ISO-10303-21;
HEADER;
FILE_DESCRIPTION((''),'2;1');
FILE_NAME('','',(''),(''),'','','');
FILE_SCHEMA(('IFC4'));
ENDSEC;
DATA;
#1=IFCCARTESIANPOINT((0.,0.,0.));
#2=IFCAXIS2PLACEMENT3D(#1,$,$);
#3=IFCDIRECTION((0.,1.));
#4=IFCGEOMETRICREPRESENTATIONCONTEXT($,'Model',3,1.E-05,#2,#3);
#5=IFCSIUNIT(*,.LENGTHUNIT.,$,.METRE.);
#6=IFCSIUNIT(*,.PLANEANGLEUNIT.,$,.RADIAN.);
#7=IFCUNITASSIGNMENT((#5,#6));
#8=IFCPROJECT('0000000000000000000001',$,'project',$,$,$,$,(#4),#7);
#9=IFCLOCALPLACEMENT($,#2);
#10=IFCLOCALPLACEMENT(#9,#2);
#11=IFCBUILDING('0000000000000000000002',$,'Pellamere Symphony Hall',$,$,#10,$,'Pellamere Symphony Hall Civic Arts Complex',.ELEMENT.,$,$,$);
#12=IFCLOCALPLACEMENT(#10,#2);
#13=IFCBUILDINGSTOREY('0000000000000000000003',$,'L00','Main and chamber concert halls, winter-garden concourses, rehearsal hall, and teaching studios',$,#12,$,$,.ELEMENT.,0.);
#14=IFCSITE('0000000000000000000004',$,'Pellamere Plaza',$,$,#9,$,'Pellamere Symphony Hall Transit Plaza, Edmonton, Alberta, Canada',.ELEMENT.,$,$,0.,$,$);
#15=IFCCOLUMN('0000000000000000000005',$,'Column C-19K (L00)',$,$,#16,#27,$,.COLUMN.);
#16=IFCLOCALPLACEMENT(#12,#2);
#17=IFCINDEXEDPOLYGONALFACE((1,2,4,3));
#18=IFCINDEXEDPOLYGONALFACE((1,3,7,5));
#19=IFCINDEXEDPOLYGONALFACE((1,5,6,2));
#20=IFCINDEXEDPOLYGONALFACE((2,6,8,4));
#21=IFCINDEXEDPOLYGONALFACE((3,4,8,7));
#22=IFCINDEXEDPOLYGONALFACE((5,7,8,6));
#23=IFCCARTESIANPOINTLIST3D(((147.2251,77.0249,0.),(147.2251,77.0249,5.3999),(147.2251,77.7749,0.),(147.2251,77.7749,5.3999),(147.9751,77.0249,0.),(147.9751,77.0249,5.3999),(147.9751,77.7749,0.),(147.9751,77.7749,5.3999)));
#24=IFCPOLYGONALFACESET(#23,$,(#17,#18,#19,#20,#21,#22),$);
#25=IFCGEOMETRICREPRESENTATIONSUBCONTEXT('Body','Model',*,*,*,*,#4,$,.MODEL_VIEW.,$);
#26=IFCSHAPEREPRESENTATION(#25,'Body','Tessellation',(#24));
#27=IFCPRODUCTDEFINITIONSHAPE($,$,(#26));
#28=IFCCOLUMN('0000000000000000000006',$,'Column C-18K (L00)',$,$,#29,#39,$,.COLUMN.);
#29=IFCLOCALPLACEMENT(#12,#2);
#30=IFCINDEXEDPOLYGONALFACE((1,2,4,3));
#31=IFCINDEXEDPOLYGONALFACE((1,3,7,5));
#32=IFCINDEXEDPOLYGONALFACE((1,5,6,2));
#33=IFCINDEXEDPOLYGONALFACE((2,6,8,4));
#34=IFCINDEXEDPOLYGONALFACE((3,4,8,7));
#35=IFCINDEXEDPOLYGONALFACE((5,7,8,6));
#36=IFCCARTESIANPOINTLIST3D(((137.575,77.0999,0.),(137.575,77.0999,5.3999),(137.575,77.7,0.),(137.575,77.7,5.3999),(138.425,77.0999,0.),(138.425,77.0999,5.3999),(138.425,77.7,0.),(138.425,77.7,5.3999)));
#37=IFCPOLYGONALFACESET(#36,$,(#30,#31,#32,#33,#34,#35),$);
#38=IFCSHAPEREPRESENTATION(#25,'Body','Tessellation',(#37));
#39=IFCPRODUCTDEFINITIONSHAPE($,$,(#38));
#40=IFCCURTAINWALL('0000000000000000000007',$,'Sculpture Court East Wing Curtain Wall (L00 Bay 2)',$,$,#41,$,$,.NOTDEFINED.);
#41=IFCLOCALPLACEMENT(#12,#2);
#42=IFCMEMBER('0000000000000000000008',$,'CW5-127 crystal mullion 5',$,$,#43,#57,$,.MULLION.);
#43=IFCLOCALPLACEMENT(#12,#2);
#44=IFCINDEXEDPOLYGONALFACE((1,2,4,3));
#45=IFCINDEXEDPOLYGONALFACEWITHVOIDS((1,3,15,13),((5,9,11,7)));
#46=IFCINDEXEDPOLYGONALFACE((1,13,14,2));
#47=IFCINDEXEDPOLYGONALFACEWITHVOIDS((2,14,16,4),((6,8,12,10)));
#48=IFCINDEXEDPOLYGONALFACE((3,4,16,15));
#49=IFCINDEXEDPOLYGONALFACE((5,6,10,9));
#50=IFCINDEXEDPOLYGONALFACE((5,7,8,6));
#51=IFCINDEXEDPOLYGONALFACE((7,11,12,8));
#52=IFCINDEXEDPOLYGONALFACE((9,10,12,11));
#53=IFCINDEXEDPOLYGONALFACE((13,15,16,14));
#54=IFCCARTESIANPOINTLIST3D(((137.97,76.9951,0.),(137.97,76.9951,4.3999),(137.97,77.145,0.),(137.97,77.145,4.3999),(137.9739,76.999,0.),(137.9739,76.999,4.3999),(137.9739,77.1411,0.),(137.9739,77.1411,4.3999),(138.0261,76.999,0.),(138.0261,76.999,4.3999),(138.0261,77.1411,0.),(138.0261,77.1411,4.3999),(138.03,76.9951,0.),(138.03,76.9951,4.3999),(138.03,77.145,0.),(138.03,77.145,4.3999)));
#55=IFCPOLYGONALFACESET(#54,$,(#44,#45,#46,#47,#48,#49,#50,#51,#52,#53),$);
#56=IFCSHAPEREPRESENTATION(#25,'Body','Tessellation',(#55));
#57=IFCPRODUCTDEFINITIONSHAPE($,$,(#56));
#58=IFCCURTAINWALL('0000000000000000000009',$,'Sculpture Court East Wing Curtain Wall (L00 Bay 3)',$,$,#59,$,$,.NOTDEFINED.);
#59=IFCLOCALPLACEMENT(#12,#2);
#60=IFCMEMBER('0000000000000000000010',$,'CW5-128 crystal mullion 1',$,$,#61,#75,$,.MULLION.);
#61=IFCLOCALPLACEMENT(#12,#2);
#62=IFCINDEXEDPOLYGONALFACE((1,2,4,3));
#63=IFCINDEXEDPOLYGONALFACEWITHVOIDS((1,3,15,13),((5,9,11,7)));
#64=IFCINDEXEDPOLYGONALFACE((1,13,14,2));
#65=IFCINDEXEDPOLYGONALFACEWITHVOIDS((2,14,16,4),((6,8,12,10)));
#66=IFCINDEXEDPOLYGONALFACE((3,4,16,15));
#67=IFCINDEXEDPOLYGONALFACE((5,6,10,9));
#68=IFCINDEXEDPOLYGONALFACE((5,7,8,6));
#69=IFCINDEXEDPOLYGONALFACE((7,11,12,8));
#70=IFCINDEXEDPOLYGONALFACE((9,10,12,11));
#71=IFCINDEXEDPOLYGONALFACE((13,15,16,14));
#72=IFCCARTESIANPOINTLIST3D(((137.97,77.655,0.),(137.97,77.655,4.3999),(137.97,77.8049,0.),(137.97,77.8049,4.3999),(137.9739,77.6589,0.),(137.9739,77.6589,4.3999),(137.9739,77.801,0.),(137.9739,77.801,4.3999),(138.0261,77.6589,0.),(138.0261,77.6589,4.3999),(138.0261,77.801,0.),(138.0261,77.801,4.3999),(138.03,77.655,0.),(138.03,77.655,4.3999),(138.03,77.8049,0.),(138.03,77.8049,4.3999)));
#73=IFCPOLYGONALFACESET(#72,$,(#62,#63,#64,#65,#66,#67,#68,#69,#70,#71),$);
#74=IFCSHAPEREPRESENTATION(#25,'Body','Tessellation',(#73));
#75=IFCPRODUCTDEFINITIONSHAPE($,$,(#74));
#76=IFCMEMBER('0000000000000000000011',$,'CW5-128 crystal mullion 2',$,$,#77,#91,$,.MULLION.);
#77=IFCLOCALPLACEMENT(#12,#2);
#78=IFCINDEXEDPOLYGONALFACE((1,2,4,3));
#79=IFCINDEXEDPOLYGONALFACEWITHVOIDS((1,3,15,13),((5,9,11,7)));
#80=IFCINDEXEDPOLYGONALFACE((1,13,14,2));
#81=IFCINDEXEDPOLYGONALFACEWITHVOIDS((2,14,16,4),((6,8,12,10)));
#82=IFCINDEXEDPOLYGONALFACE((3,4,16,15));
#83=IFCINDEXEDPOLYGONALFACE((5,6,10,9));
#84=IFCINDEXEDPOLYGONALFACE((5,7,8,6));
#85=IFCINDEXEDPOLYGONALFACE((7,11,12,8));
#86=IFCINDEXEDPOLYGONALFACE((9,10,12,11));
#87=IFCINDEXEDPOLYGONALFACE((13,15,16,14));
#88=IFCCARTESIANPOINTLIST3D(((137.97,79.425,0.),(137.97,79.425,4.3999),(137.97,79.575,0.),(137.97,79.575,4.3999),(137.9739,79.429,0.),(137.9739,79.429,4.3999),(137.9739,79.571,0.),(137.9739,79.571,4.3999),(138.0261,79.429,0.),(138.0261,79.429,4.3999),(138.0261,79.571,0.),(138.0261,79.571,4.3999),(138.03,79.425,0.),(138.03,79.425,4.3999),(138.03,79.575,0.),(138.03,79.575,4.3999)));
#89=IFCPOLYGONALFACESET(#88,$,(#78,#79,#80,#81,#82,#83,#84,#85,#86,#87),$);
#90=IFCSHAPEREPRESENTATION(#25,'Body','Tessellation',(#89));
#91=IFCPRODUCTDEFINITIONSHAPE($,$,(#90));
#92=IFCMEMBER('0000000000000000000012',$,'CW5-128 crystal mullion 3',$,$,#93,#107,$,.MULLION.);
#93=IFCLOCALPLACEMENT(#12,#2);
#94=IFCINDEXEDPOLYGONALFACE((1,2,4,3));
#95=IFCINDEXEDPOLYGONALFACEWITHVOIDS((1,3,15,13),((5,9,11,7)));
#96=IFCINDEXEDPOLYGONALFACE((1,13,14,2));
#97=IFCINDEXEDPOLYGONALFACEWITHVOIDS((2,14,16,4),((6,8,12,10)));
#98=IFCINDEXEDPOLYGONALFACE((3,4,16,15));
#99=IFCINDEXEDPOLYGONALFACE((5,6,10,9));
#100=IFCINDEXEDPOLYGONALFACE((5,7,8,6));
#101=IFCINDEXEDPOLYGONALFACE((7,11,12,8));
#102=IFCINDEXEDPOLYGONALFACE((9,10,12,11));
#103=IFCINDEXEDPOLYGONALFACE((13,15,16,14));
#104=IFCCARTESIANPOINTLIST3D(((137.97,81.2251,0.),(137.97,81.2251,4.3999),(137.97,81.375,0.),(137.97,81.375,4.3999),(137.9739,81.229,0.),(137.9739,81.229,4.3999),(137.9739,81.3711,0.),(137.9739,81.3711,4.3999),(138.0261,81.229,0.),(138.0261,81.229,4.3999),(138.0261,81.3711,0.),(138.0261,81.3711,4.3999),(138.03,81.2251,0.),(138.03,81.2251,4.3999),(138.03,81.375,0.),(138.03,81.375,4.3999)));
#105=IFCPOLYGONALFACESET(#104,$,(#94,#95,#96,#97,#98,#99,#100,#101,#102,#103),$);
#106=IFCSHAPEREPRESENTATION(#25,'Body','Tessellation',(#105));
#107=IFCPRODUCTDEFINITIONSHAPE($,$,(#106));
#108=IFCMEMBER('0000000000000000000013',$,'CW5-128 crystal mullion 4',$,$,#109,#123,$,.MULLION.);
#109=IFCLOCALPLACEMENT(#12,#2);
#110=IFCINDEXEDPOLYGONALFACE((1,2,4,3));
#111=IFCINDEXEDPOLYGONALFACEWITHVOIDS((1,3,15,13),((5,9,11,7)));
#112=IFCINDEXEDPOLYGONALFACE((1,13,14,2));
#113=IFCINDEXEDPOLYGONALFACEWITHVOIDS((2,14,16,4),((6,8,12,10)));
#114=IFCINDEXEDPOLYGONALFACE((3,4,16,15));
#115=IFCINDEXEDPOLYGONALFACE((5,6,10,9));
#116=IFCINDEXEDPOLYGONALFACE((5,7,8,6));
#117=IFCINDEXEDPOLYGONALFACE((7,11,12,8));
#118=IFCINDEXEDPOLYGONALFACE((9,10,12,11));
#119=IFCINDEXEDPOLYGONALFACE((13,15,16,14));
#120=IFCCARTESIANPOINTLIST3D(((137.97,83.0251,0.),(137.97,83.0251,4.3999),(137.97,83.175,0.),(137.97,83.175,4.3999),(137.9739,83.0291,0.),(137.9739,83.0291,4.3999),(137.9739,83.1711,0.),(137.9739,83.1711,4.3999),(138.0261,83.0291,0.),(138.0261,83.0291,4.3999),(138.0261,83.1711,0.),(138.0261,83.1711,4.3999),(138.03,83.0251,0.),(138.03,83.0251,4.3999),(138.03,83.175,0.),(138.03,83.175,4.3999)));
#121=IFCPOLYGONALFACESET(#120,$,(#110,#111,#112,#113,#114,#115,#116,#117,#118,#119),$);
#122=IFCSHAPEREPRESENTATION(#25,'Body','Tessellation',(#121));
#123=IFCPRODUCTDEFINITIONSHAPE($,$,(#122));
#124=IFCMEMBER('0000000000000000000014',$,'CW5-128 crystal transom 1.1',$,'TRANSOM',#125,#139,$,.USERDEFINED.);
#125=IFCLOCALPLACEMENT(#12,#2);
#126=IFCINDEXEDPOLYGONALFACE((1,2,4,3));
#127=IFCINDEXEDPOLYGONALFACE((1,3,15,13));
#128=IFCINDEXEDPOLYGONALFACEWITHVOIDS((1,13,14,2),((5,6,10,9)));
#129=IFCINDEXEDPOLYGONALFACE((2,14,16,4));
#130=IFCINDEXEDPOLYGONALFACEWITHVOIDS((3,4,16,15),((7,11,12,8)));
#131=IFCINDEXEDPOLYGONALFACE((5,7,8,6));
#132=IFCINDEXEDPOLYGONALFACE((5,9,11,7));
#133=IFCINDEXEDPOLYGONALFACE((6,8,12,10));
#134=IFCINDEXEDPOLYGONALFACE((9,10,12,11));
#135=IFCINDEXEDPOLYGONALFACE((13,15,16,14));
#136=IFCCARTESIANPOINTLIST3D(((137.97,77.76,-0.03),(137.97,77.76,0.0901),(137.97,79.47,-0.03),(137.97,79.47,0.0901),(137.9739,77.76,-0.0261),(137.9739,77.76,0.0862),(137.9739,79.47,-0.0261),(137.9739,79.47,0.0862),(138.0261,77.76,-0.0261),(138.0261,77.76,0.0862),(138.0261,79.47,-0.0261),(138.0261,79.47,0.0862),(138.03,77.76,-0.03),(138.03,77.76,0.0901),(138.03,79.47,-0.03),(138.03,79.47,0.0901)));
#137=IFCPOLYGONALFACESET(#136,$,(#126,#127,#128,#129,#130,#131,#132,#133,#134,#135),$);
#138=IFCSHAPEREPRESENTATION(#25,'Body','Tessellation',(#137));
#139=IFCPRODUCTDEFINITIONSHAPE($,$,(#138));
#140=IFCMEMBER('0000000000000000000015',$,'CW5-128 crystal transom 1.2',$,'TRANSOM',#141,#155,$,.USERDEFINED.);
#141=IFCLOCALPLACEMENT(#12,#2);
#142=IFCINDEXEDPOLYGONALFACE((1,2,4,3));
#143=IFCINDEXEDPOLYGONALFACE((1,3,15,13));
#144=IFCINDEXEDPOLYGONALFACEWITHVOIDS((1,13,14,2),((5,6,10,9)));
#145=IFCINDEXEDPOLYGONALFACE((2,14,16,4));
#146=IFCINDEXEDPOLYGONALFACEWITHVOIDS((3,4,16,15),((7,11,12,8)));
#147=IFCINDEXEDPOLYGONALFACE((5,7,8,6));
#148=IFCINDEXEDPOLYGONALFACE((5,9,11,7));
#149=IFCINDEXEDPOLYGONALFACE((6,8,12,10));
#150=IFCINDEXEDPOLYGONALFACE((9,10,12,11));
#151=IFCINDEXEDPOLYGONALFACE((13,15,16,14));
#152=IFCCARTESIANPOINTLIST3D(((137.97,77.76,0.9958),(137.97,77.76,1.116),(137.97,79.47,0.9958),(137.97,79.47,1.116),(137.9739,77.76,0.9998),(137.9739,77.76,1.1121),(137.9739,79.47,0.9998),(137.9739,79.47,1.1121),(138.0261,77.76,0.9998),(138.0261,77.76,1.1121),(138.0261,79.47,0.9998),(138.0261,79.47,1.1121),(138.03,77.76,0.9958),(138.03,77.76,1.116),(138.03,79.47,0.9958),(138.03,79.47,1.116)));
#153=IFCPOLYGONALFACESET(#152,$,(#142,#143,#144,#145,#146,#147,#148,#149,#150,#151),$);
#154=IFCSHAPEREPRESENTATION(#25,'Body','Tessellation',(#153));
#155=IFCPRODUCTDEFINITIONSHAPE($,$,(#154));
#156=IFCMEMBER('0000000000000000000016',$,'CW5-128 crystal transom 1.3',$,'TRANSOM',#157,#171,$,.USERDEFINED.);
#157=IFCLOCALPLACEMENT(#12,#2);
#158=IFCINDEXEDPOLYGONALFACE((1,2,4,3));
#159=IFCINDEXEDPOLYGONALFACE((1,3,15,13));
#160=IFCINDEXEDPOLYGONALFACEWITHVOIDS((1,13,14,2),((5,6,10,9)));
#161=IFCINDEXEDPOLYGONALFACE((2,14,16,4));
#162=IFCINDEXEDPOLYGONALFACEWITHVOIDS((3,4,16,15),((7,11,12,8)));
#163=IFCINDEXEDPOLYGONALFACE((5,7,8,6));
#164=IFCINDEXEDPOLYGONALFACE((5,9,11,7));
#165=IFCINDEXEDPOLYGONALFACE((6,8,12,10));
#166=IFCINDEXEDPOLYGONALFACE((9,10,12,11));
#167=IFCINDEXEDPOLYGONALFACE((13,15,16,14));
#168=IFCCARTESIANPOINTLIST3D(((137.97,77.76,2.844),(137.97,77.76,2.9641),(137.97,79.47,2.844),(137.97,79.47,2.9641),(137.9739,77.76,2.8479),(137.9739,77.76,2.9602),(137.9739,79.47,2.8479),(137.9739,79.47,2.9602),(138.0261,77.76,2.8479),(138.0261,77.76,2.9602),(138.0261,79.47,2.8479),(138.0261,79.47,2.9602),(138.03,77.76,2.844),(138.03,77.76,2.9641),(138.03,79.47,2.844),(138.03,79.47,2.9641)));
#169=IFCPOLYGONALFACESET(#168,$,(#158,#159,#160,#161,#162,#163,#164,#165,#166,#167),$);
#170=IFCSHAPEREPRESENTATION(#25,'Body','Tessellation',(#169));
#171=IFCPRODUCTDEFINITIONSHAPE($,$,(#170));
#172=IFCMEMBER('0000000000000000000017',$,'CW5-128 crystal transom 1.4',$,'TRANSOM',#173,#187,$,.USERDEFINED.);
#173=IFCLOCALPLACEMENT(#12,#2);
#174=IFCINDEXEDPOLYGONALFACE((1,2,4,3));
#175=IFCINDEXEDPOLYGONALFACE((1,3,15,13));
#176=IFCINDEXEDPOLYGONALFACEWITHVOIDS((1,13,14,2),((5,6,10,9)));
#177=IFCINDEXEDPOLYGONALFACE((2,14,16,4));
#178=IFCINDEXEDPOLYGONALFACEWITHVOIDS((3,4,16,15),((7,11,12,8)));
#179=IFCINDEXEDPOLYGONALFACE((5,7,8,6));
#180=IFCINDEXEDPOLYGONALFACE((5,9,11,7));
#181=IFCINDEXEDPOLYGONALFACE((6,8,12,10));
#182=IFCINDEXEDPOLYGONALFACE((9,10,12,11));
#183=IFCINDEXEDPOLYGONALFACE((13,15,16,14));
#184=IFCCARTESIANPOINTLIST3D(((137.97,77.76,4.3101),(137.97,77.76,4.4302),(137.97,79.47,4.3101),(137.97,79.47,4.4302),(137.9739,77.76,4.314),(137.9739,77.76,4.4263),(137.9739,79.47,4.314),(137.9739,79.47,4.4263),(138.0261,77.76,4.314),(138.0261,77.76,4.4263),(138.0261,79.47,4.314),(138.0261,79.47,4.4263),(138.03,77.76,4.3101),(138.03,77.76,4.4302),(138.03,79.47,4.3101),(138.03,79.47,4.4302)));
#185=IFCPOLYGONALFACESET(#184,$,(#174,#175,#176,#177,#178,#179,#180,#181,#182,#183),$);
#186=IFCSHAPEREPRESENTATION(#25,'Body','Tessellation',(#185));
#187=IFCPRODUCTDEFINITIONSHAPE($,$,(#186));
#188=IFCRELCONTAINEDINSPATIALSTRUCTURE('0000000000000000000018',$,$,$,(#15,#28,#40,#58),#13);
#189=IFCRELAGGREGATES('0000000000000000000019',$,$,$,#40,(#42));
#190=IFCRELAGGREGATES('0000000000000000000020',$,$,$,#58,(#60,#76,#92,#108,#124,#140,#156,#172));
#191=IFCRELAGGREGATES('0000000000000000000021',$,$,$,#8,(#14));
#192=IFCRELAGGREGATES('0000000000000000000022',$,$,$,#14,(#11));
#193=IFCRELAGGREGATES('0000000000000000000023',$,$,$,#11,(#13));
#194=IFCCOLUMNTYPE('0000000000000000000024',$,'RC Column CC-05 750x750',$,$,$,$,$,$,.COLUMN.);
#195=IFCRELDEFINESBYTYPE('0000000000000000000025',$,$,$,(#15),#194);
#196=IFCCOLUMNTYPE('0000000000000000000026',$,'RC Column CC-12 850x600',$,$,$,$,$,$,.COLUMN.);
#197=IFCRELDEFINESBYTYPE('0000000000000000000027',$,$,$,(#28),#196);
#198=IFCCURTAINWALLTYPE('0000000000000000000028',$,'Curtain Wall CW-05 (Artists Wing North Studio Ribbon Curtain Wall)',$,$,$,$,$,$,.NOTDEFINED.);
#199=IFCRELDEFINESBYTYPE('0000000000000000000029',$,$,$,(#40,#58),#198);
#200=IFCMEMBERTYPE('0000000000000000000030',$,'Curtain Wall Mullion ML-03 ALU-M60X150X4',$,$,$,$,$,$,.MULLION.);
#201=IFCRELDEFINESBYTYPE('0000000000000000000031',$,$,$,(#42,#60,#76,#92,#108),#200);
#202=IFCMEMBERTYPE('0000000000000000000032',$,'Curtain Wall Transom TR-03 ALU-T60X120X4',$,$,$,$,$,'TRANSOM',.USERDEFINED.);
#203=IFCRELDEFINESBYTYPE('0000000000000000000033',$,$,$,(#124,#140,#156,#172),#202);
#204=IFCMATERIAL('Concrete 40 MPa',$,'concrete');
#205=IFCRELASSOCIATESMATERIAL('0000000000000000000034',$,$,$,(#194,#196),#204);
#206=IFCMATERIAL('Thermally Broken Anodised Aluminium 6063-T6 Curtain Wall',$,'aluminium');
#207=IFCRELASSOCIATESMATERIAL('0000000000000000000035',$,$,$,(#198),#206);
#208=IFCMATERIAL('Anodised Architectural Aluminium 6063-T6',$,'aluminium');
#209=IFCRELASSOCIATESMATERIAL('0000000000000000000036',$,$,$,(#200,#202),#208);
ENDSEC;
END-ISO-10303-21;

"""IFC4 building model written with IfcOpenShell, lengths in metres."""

from ifc_helpers import new_model, si_unit, direction, frame, origin, origin_2d, place, context, subcontext, project, spatial, rectangle, hollow_rectangle, extrude, material, material_profile, profile_set, type_object, element, aggregate, save


model = new_model("IFC4")

# Units and contexts
model_context = context("Model", 3, precision=1e-05, world=origin(), true_north=direction((0.0, 1.0)))
body_context = subcontext(model_context, "Body", "Model", "MODEL_VIEW")
ifc_project = project(units=[si_unit("LENGTHUNIT", "METRE"), si_unit("PLANEANGLEUNIT", "RADIAN")], contexts=[model_context])

# Site, building, storey
site_placement = place(None, origin())
site = spatial("IfcSite", under=ifc_project, at=site_placement, Name="Pellamere Plaza", LongName="Pellamere Symphony Hall Transit Plaza, Edmonton, Alberta, Canada", CompositionType="ELEMENT", RefElevation=0.0)
building_placement = place(site_placement, origin())
building = spatial("IfcBuilding", under=site, at=building_placement, Name="Pellamere Symphony Hall", LongName="Pellamere Symphony Hall Civic Arts Complex", CompositionType="ELEMENT")
storey_placement = place(building_placement, origin())
storey = spatial("IfcBuildingStorey", under=building, at=storey_placement, Name="L00", Description="Main and chamber concert halls, winter-garden concourses, rehearsal hall, and teaching studios", CompositionType="ELEMENT", Elevation=0.0)

# Columns
ifc_material_1 = material(Name="Concrete 40 MPa", Category="concrete")
ifc_material_profile_1 = material_profile(ifc_material_1, rectangle(XDim=0.75, YDim=0.75, at=origin_2d()), Name="RC 750x750")
ifc_profile_set_1 = profile_set([ifc_material_profile_1], Name="Concrete 40 MPa")
column_type_1 = type_object("IfcColumnType", Name="RC Column CC-05 750x750", PredefinedType="COLUMN", material=ifc_profile_set_1)
column_1_placement = place(storey_placement, frame((147.6001, 77.3999, 0.0), z_axis=(0.0, 0.0, 1.0), x_axis=(1.0, 0.0, 0.0)))
element("IfcColumn", 1, at=column_1_placement, inside=storey, type_object=column_type_1, Name="Column C-19K (L00)", PredefinedType="COLUMN", context=body_context, shape_type="SweptSolid", body=[
    extrude(rectangle(XDim=0.75, YDim=0.75, at=origin_2d()), origin(), (0.0, 0.0, 1.0), 5.3999),
])
ifc_material_profile_2 = material_profile(ifc_material_1, rectangle(XDim=0.8501, YDim=0.6001, at=origin_2d()), Name="RC 850x600")
ifc_profile_set_2 = profile_set([ifc_material_profile_2], Name="Concrete 40 MPa")
column_type_2 = type_object("IfcColumnType", Name="RC Column CC-12 850x600", PredefinedType="COLUMN", material=ifc_profile_set_2)
column_2_placement = place(storey_placement, frame((138.0, 77.3999, 0.0), z_axis=(0.0, 0.0, 1.0), x_axis=(1.0, 0.0, 0.0)))
element("IfcColumn", 2, at=column_2_placement, inside=storey, type_object=column_type_2, Name="Column C-18K (L00)", PredefinedType="COLUMN", context=body_context, shape_type="SweptSolid", body=[
    extrude(rectangle(XDim=0.8501, YDim=0.6001, at=origin_2d()), origin(), (0.0, 0.0, 1.0), 5.3999),
])

# Curtain wall, member
ifc_material_2 = material(Name="Thermally Broken Anodised Aluminium 6063-T6 Curtain Wall", Category="aluminium")
curtain_wall_type = type_object("IfcCurtainWallType", Name="Curtain Wall CW-05 (Artists Wing North Studio Ribbon Curtain Wall)", PredefinedType="NOTDEFINED", material=ifc_material_2)
curtain_wall_1_placement = place(storey_placement, origin())
curtain_wall_1 = element("IfcCurtainWall", 3, at=curtain_wall_1_placement, inside=storey, type_object=curtain_wall_type, Name="Sculpture Court East Wing Curtain Wall (L00 Bay 2)", PredefinedType="NOTDEFINED")
ifc_material_3 = material(Name="Anodised Architectural Aluminium 6063-T6", Category="aluminium")
ifc_material_profile_3 = material_profile(ifc_material_3, hollow_rectangle(XDim=0.0601, YDim=0.1499, WallThickness=0.0039, at=origin_2d()), Name="ALU-M60X150X4")
ifc_profile_set_3 = profile_set([ifc_material_profile_3], Name="Anodised Architectural Aluminium 6063-T6")
member_type_1 = type_object("IfcMemberType", Name="Curtain Wall Mullion ML-03 ALU-M60X150X4", PredefinedType="MULLION", material=ifc_profile_set_3)
member_1_placement = place(storey_placement, frame((138.0, 77.0701, 0.0), z_axis=(0.0, 0.0, 1.0), x_axis=(-1.0, 0.0, 0.0)))
member_1 = element("IfcMember", 4, at=member_1_placement, type_object=member_type_1, Name="CW5-127 crystal mullion 5", PredefinedType="MULLION", context=body_context, shape_type="SweptSolid", body=[
    extrude(hollow_rectangle(XDim=0.0601, YDim=0.1499, WallThickness=0.0039, at=origin_2d()), origin(), (0.0, 0.0, 1.0), 4.3999),
])
aggregate(curtain_wall_1, [member_1])

# Curtain wall, members
curtain_wall_2_placement = place(storey_placement, origin())
curtain_wall_2 = element("IfcCurtainWall", 5, at=curtain_wall_2_placement, inside=storey, type_object=curtain_wall_type, Name="Sculpture Court East Wing Curtain Wall (L00 Bay 3)", PredefinedType="NOTDEFINED")
member_2_placement = place(storey_placement, frame((138.0, 77.73, 0.0), z_axis=(0.0, 0.0, 1.0), x_axis=(-1.0, 0.0, 0.0)))
member_2 = element("IfcMember", 6, at=member_2_placement, type_object=member_type_1, Name="CW5-128 crystal mullion 1", PredefinedType="MULLION", context=body_context, shape_type="SweptSolid", body=[
    extrude(hollow_rectangle(XDim=0.0601, YDim=0.1499, WallThickness=0.0039, at=origin_2d()), origin(), (0.0, 0.0, 1.0), 4.3999),
])
member_3_placement = place(storey_placement, frame((138.0, 79.5, 0.0), z_axis=(0.0, 0.0, 1.0), x_axis=(-1.0, 0.0, 0.0)))
member_3 = element("IfcMember", 7, at=member_3_placement, type_object=member_type_1, Name="CW5-128 crystal mullion 2", PredefinedType="MULLION", context=body_context, shape_type="SweptSolid", body=[
    extrude(hollow_rectangle(XDim=0.0601, YDim=0.1499, WallThickness=0.0039, at=origin_2d()), origin(), (0.0, 0.0, 1.0), 4.3999),
])
member_4_placement = place(storey_placement, frame((138.0, 81.3, 0.0), z_axis=(0.0, 0.0, 1.0), x_axis=(-1.0, 0.0, 0.0)))
member_4 = element("IfcMember", 8, at=member_4_placement, type_object=member_type_1, Name="CW5-128 crystal mullion 3", PredefinedType="MULLION", context=body_context, shape_type="SweptSolid", body=[
    extrude(hollow_rectangle(XDim=0.0601, YDim=0.1499, WallThickness=0.0039, at=origin_2d()), origin(), (0.0, 0.0, 1.0), 4.3999),
])
member_5_placement = place(storey_placement, frame((138.0, 83.1001, 0.0), z_axis=(0.0, 0.0, 1.0), x_axis=(-1.0, 0.0, 0.0)))
member_5 = element("IfcMember", 9, at=member_5_placement, type_object=member_type_1, Name="CW5-128 crystal mullion 4", PredefinedType="MULLION", context=body_context, shape_type="SweptSolid", body=[
    extrude(hollow_rectangle(XDim=0.0601, YDim=0.1499, WallThickness=0.0039, at=origin_2d()), origin(), (0.0, 0.0, 1.0), 4.3999),
])
ifc_material_profile_4 = material_profile(ifc_material_3, hollow_rectangle(XDim=0.0601, YDim=0.1201, WallThickness=0.0039, at=origin_2d()), Name="ALU-T60X120X4")
ifc_profile_set_4 = profile_set([ifc_material_profile_4], Name="Anodised Architectural Aluminium 6063-T6")
member_type_2 = type_object("IfcMemberType", Name="Curtain Wall Transom TR-03 ALU-T60X120X4", ElementType="TRANSOM", PredefinedType="USERDEFINED", material=ifc_profile_set_4)
member_6_placement = place(storey_placement, frame((138.0, 77.76, 0.03), z_axis=(0.0, 1.0, 0.0), x_axis=(-1.0, 0.0, 0.0)))
member_6 = element("IfcMember", 10, at=member_6_placement, type_object=member_type_2, Name="CW5-128 crystal transom 1.1", ObjectType="TRANSOM", PredefinedType="USERDEFINED", context=body_context, shape_type="SweptSolid", body=[
    extrude(hollow_rectangle(XDim=0.0601, YDim=0.1201, WallThickness=0.0039, at=origin_2d()), origin(), (0.0, 0.0, 1.0), 1.71),
])
member_7_placement = place(storey_placement, frame((138.0, 77.76, 1.0559), z_axis=(0.0, 1.0, 0.0), x_axis=(-1.0, 0.0, 0.0)))
member_7 = element("IfcMember", 11, at=member_7_placement, type_object=member_type_2, Name="CW5-128 crystal transom 1.2", ObjectType="TRANSOM", PredefinedType="USERDEFINED", context=body_context, shape_type="SweptSolid", body=[
    extrude(hollow_rectangle(XDim=0.0601, YDim=0.1201, WallThickness=0.0039, at=origin_2d()), origin(), (0.0, 0.0, 1.0), 1.71),
])
member_8_placement = place(storey_placement, frame((138.0, 77.76, 2.9041), z_axis=(0.0, 1.0, 0.0), x_axis=(-1.0, 0.0, 0.0)))
member_8 = element("IfcMember", 12, at=member_8_placement, type_object=member_type_2, Name="CW5-128 crystal transom 1.3", ObjectType="TRANSOM", PredefinedType="USERDEFINED", context=body_context, shape_type="SweptSolid", body=[
    extrude(hollow_rectangle(XDim=0.0601, YDim=0.1201, WallThickness=0.0039, at=origin_2d()), origin(), (0.0, 0.0, 1.0), 1.71),
])
member_9_placement = place(storey_placement, frame((138.0, 77.76, 4.3701), z_axis=(0.0, 1.0, 0.0), x_axis=(-1.0, 0.0, 0.0)))
member_9 = element("IfcMember", 13, at=member_9_placement, type_object=member_type_2, Name="CW5-128 crystal transom 1.4", ObjectType="TRANSOM", PredefinedType="USERDEFINED", context=body_context, shape_type="SweptSolid", body=[
    extrude(hollow_rectangle(XDim=0.0601, YDim=0.1201, WallThickness=0.0039, at=origin_2d()), origin(), (0.0, 0.0, 1.0), 1.71),
])

aggregate(curtain_wall_2, [member_2, member_3, member_4, member_5, member_6, member_7, member_8, member_9])

save(model, "model.ifc")
